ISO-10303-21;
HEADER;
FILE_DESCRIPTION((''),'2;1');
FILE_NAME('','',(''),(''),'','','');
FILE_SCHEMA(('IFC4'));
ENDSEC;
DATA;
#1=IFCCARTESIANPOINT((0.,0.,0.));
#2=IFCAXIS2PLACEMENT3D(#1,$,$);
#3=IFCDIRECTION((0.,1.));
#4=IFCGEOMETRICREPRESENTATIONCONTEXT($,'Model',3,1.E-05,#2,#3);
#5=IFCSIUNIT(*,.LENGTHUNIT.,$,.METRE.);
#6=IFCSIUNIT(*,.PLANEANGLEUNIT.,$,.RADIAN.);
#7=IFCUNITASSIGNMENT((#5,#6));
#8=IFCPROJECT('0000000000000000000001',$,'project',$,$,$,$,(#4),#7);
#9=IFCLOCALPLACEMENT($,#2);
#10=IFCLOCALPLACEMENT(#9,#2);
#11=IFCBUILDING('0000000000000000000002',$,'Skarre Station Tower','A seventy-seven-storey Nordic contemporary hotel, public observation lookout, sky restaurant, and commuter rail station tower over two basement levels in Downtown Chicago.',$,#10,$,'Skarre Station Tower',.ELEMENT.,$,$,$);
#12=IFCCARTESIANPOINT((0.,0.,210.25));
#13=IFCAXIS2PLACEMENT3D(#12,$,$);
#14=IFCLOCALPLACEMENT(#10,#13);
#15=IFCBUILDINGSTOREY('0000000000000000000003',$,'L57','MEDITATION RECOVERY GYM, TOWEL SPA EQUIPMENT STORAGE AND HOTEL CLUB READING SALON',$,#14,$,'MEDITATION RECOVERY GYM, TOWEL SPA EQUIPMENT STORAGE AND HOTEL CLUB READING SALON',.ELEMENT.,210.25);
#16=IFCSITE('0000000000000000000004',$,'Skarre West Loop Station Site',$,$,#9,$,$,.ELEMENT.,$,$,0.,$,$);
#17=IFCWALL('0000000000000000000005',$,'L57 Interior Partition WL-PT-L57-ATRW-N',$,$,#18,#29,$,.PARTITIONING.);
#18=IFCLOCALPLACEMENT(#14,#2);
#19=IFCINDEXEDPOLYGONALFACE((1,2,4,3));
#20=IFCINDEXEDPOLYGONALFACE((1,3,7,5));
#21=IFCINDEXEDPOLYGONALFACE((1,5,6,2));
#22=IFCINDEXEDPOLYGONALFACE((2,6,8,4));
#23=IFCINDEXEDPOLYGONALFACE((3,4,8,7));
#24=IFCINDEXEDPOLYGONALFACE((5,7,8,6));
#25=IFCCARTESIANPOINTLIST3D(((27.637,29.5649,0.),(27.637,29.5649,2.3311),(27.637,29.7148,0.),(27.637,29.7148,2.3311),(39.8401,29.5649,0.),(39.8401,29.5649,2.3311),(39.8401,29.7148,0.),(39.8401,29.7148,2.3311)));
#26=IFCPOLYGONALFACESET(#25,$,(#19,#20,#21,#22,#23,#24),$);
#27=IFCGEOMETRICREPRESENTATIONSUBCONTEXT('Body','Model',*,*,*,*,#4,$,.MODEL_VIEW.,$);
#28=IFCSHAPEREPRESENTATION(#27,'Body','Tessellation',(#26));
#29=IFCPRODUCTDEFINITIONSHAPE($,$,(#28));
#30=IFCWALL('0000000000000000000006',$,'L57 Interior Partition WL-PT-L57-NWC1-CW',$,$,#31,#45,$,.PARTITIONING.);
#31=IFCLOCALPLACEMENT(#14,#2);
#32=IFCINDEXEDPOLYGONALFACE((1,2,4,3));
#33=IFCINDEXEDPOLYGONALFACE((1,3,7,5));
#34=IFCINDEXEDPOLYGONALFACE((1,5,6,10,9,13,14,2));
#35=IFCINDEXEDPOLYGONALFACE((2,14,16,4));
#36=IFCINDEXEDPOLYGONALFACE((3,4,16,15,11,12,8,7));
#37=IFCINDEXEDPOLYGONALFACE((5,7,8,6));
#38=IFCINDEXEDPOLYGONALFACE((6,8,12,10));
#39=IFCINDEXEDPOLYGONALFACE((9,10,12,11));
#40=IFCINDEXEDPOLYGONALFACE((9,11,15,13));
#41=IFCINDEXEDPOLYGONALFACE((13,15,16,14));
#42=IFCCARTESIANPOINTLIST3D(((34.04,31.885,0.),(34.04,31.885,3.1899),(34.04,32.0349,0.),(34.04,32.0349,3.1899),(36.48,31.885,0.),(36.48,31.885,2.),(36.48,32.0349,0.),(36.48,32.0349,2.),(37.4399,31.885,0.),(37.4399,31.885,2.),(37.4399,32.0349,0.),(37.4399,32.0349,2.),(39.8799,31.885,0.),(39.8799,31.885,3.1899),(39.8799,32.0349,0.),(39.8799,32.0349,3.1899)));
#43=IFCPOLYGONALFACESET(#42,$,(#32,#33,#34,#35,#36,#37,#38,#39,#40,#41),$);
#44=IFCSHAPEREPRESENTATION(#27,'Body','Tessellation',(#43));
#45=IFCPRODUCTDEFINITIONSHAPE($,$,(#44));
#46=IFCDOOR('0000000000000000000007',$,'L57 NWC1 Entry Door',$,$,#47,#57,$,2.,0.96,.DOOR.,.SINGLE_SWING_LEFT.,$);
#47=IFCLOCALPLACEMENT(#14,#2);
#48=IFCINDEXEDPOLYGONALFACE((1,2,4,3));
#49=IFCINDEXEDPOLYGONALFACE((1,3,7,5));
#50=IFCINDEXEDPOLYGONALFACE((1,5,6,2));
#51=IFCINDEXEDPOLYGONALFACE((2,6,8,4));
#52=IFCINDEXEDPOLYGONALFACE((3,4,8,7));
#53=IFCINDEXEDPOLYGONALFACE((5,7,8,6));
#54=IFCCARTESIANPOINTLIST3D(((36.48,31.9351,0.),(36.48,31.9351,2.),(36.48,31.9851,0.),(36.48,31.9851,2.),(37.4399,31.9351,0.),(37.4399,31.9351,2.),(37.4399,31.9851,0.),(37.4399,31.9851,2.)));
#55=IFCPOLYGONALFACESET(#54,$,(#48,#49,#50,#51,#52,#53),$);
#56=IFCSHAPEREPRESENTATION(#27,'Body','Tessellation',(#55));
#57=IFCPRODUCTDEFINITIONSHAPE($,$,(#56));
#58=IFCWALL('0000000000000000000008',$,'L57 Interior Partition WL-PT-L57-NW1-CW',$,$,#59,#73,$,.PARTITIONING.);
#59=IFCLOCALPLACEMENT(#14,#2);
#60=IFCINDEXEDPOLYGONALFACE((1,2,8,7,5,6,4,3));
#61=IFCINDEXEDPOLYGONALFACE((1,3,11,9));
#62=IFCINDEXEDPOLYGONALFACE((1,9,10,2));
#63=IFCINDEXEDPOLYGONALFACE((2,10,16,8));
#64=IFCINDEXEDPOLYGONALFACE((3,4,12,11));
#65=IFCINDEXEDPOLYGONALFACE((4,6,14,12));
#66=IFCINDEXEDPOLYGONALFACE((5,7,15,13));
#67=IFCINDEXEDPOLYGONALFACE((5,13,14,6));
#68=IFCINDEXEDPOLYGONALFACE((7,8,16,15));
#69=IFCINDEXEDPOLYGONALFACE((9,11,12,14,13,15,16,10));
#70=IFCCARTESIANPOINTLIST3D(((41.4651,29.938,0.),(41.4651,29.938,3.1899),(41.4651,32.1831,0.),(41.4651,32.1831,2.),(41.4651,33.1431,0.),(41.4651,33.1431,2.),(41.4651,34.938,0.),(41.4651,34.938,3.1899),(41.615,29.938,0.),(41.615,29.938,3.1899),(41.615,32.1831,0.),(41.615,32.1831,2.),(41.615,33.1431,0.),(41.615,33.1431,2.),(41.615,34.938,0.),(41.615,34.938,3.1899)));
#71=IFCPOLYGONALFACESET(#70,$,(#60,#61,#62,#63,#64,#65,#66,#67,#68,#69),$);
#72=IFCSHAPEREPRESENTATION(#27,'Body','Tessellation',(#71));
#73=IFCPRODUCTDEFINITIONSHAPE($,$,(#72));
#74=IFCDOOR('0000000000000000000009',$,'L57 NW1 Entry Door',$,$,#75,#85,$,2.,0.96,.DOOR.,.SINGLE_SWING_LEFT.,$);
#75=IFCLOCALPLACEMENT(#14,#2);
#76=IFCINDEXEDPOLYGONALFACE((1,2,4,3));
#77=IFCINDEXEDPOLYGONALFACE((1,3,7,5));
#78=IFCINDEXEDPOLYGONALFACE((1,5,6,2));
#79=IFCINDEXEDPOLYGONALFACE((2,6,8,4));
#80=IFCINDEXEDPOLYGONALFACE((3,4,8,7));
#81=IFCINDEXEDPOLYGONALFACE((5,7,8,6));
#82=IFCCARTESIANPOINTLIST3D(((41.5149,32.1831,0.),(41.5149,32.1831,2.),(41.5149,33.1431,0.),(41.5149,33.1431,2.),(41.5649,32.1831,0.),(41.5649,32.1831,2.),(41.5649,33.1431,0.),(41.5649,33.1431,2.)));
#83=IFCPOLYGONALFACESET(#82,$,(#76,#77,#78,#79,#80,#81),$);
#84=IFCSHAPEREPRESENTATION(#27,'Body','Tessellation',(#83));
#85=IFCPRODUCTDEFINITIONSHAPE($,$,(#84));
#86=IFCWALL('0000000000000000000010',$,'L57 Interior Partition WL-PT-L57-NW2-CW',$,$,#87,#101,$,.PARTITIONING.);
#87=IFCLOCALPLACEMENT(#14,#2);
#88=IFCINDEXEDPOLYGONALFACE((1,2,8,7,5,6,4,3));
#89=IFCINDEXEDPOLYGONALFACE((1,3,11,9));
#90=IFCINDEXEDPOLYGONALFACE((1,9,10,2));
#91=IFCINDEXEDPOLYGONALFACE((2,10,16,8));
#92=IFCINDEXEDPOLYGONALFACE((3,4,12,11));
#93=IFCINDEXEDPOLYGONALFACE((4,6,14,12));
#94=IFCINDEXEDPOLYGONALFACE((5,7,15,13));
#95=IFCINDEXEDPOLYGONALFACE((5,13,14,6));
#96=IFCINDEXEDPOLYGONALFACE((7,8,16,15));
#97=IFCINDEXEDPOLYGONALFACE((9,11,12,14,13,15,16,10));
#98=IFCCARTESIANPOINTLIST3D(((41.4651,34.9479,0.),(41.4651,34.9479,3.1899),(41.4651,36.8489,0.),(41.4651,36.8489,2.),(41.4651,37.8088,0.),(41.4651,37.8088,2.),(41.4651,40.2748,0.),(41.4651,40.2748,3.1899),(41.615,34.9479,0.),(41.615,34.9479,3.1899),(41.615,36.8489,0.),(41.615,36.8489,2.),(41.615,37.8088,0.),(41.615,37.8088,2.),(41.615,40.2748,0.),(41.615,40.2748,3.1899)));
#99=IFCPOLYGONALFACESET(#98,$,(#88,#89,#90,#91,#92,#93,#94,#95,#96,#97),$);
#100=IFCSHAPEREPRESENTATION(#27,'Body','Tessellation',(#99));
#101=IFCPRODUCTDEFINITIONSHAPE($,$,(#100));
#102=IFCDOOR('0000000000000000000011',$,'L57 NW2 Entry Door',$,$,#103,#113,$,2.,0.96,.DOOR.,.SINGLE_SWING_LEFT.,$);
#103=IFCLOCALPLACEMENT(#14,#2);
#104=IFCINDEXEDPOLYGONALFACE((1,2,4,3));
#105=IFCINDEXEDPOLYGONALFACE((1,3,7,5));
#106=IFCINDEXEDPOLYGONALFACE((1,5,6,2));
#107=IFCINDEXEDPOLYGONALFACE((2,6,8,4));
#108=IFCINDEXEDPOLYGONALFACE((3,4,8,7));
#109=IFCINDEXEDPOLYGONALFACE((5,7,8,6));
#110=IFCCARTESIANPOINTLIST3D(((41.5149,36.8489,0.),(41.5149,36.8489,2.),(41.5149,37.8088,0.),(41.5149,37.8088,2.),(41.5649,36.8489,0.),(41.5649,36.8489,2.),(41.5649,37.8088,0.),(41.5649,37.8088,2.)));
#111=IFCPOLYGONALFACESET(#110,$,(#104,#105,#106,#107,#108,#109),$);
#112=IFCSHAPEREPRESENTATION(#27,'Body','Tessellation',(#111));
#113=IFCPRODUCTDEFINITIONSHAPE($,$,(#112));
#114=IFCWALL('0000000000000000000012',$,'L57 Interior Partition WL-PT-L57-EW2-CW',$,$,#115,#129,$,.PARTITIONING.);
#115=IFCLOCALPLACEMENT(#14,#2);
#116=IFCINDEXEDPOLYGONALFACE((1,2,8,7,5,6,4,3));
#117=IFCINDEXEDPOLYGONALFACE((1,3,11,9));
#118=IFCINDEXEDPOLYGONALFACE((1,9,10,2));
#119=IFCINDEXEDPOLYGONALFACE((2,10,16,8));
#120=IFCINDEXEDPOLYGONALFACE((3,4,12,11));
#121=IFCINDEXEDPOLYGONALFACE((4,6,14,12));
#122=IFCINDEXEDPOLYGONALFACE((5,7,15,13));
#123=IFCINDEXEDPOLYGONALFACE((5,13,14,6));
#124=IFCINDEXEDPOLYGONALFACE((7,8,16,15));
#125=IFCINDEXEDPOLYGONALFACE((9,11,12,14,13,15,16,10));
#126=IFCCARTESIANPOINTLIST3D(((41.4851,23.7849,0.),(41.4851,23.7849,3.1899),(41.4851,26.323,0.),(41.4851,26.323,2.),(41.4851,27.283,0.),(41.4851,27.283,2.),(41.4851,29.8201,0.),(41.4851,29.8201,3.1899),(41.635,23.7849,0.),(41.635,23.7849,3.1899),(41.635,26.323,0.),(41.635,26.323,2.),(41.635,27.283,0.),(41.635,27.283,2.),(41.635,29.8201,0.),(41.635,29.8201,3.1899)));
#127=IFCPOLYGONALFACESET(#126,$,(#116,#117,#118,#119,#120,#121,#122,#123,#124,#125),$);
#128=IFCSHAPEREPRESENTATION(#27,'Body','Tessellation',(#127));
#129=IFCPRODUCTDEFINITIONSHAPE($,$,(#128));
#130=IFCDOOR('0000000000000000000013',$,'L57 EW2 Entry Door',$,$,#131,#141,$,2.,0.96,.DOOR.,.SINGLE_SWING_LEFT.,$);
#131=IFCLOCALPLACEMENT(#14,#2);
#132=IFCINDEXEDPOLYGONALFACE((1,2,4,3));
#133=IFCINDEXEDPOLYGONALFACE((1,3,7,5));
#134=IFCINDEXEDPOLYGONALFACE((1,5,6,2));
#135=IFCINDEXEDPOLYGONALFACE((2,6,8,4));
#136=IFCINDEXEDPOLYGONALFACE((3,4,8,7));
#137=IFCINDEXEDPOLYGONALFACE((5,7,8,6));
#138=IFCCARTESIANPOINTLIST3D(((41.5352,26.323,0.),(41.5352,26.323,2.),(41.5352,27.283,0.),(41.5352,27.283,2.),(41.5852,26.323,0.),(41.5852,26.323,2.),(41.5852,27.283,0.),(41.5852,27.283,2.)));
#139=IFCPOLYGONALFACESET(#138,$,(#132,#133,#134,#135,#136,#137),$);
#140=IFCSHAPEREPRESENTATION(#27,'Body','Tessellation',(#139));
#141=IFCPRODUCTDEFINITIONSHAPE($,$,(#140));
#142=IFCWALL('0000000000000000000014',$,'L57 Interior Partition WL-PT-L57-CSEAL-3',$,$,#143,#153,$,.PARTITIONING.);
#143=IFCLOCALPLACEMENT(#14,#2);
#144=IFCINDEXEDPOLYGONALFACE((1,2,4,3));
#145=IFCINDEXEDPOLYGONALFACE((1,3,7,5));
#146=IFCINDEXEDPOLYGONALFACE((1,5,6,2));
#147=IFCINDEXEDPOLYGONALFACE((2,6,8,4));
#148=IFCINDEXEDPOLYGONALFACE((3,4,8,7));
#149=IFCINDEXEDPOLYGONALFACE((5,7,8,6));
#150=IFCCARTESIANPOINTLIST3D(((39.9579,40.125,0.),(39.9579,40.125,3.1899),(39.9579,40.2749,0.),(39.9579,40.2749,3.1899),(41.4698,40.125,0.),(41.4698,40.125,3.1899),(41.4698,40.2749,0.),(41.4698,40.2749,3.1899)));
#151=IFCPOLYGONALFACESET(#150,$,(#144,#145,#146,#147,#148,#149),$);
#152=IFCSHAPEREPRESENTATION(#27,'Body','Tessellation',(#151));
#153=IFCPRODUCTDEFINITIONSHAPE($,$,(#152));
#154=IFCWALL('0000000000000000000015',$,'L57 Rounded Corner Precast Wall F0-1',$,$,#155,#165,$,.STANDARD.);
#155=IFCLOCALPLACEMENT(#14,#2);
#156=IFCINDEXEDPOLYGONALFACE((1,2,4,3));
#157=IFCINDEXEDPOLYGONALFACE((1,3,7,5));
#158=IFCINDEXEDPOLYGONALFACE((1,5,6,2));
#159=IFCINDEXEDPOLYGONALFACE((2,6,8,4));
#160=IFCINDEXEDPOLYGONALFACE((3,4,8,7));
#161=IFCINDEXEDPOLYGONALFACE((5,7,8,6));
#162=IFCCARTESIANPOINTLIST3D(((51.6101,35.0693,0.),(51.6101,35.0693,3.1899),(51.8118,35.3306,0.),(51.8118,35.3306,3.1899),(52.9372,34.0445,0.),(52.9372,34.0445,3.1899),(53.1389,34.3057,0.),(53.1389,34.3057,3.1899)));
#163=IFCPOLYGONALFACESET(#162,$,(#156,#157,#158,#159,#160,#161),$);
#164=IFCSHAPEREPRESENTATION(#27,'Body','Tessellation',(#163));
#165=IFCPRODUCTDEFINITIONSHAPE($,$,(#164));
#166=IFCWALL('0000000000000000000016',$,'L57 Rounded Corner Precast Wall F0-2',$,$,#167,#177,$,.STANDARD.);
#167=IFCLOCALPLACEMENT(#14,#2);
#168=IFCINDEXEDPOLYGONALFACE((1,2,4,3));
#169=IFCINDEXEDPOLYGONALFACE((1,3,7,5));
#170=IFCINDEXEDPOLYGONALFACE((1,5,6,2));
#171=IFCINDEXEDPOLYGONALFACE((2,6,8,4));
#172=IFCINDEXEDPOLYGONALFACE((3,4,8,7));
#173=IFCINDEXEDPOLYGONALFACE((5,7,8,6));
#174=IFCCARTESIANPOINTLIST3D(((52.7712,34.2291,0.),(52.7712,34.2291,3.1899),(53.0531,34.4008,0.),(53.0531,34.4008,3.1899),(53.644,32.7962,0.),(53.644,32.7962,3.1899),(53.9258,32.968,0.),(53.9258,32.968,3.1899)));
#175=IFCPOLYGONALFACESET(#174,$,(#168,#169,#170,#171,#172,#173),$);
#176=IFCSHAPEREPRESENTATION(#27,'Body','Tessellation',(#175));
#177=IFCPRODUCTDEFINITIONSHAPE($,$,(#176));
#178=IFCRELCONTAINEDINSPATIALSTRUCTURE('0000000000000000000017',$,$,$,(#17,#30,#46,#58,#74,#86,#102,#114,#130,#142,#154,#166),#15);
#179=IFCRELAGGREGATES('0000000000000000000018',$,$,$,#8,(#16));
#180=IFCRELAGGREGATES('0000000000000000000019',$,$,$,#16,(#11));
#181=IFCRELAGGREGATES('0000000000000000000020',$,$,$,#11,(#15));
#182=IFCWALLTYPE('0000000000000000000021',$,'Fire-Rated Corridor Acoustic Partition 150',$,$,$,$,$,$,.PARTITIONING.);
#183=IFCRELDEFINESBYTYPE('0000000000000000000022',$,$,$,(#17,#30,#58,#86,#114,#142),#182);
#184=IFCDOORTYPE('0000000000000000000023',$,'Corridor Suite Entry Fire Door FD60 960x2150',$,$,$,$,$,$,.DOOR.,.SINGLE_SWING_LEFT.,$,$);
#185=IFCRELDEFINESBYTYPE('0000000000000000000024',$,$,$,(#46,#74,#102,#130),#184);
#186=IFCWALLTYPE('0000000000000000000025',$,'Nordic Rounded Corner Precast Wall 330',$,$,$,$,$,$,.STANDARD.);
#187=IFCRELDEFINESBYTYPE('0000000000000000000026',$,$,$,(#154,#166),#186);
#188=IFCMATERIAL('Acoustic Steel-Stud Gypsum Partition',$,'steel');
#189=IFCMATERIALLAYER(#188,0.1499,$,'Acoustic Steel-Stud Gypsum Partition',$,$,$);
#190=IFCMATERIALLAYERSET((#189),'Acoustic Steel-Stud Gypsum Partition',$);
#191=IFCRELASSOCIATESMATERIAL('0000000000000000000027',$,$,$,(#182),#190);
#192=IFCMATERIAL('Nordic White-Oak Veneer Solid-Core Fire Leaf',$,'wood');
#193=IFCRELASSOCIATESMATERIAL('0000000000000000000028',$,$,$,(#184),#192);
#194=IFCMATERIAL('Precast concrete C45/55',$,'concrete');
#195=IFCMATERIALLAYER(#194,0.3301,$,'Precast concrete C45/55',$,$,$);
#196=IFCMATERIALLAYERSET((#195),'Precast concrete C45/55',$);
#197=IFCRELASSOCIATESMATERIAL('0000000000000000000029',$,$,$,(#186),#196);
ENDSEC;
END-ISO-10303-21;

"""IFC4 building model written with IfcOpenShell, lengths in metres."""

from ifc_helpers import new_model, si_unit, direction, frame, frame_2d, origin, place, context, subcontext, project, spatial, rectangle, extrude, material, layer, layer_set, type_object, element, fill, save


model = new_model("IFC4")

# Units and contexts
model_context = context("Model", 3, precision=1e-05, world=origin(), true_north=direction((0.0, 1.0)))
body_context = subcontext(model_context, "Body", "Model", "MODEL_VIEW")
ifc_project = project(units=[si_unit("LENGTHUNIT", "METRE"), si_unit("PLANEANGLEUNIT", "RADIAN")], contexts=[model_context])

# Site, building, storey
site_placement = place(None, origin())
site = spatial("IfcSite", under=ifc_project, at=site_placement, Name="Skarre West Loop Station Site", CompositionType="ELEMENT", RefElevation=0.0)
building_placement = place(site_placement, origin())
building = spatial("IfcBuilding", under=site, at=building_placement, Name="Skarre Station Tower", Description="A seventy-seven-storey Nordic contemporary hotel, public observation lookout, sky restaurant, and commuter rail station tower over two basement levels in Downtown Chicago.", LongName="Skarre Station Tower", CompositionType="ELEMENT")
storey_placement = place(building_placement, frame((0.0, 0.0, 210.25)))
storey = spatial("IfcBuildingStorey", under=building, at=storey_placement, Name="L57", Description="MEDITATION RECOVERY GYM, TOWEL SPA EQUIPMENT STORAGE AND HOTEL CLUB READING SALON", LongName="MEDITATION RECOVERY GYM, TOWEL SPA EQUIPMENT STORAGE AND HOTEL CLUB READING SALON", CompositionType="ELEMENT", Elevation=210.25)

# Wall
ifc_material_1 = material(Name="Acoustic Steel-Stud Gypsum Partition", Category="steel")
ifc_layer_1 = layer(ifc_material_1, 0.1499, Name="Acoustic Steel-Stud Gypsum Partition")
ifc_layer_set_1 = layer_set([ifc_layer_1], Name="Acoustic Steel-Stud Gypsum Partition")
wall_type_1 = type_object("IfcWallType", Name="Fire-Rated Corridor Acoustic Partition 150", PredefinedType="PARTITIONING", material=ifc_layer_set_1)
wall_1_placement = place(storey_placement, frame((39.8401, 29.6399, 0.0), z_axis=(0.0, 0.0, 1.0), x_axis=(-1.0, 0.0, 0.0)))
element("IfcWall", 1, at=wall_1_placement, inside=storey, type_object=wall_type_1, Name="L57 Interior Partition WL-PT-L57-ATRW-N", PredefinedType="PARTITIONING", context=body_context, shape_type="SweptSolid", body=[
    extrude(rectangle(XDim=12.2031, YDim=0.1499, at=frame_2d((6.1016, 0.0))), origin(), (0.0, 0.0, 1.0), 2.3311),
])

# Walls, openings, doors
wall_2_placement = place(storey_placement, frame((39.8799, 31.96, 0.0), z_axis=(0.0, 0.0, 1.0), x_axis=(-1.0, 0.0, 0.0)))
wall_2 = element("IfcWall", 2, at=wall_2_placement, inside=storey, type_object=wall_type_1, Name="L57 Interior Partition WL-PT-L57-NWC1-CW", PredefinedType="PARTITIONING", context=body_context, shape_type="SweptSolid", body=[
    extrude(rectangle(XDim=5.8398, YDim=0.1499, at=frame_2d((2.9199, 0.0))), origin(), (0.0, 0.0, 1.0), 3.1899),
])
opening_1_placement = place(wall_2_placement, frame((2.4399, 0.0, 0.0)))
opening_1 = element("IfcOpeningElement", 3, at=opening_1_placement, cuts=wall_2, PredefinedType="OPENING", context=body_context, shape_type="SweptSolid", body=[
    extrude(rectangle(XDim=0.96, YDim=2.0, at=frame_2d((0.48, 1.0))), frame((0.0, 0.085, 0.0), z_axis=(0.0, -1.0, 0.0), x_axis=(1.0, 0.0, 0.0)), (0.0, 0.0, 1.0), 0.1699),
])
ifc_material_2 = material(Name="Nordic White-Oak Veneer Solid-Core Fire Leaf", Category="wood")
door_type = type_object("IfcDoorType", Name="Corridor Suite Entry Fire Door FD60 960x2150", OperationType="SINGLE_SWING_LEFT", PredefinedType="DOOR", material=ifc_material_2)
door_1_placement = place(opening_1_placement, origin())
door_1 = element("IfcDoor", 4, at=door_1_placement, inside=storey, type_object=door_type, Name="L57 NWC1 Entry Door", OperationType="SINGLE_SWING_LEFT", OverallHeight=2.0, OverallWidth=0.96, PredefinedType="DOOR", context=body_context, shape_type="SweptSolid", body=[
    extrude(rectangle(XDim=0.96, YDim=2.0, at=frame_2d((0.48, 1.0))), frame((0.0, 0.0249, 0.0), z_axis=(0.0, -1.0, 0.0), x_axis=(1.0, 0.0, 0.0)), (0.0, 0.0, 1.0), 0.05),
])
fill(opening_1, door_1)
wall_3_placement = place(storey_placement, frame((41.54, 34.938, 0.0), z_axis=(0.0, 0.0, 1.0), x_axis=(0.0, -1.0, 0.0)))
wall_3 = element("IfcWall", 5, at=wall_3_placement, inside=storey, type_object=wall_type_1, Name="L57 Interior Partition WL-PT-L57-NW1-CW", PredefinedType="PARTITIONING", context=body_context, shape_type="SweptSolid", body=[
    extrude(rectangle(XDim=5.0, YDim=0.1499, at=frame_2d((2.5, 0.0))), origin(), (0.0, 0.0, 1.0), 3.1899),
])
opening_2_placement = place(wall_3_placement, frame((1.7949, 0.0, 0.0)))
opening_2 = element("IfcOpeningElement", 6, at=opening_2_placement, cuts=wall_3, PredefinedType="OPENING", context=body_context, shape_type="SweptSolid", body=[
    extrude(rectangle(XDim=0.96, YDim=2.0, at=frame_2d((0.48, 1.0))), frame((0.0, 0.085, 0.0), z_axis=(0.0, -1.0, 0.0), x_axis=(1.0, 0.0, 0.0)), (0.0, 0.0, 1.0), 0.1699),
])
door_2_placement = place(opening_2_placement, origin())
door_2 = element("IfcDoor", 7, at=door_2_placement, inside=storey, type_object=door_type, Name="L57 NW1 Entry Door", OperationType="SINGLE_SWING_LEFT", OverallHeight=2.0, OverallWidth=0.96, PredefinedType="DOOR", context=body_context, shape_type="SweptSolid", body=[
    extrude(rectangle(XDim=0.96, YDim=2.0, at=frame_2d((0.48, 1.0))), frame((0.0, 0.0249, 0.0), z_axis=(0.0, -1.0, 0.0), x_axis=(1.0, 0.0, 0.0)), (0.0, 0.0, 1.0), 0.05),
])
fill(opening_2, door_2)
wall_4_placement = place(storey_placement, frame((41.54, 40.2749, 0.0), z_axis=(0.0, 0.0, 1.0), x_axis=(0.0, -1.0, 0.0)))
wall_4 = element("IfcWall", 8, at=wall_4_placement, inside=storey, type_object=wall_type_1, Name="L57 Interior Partition WL-PT-L57-NW2-CW", PredefinedType="PARTITIONING", context=body_context, shape_type="SweptSolid", body=[
    extrude(rectangle(XDim=5.3269, YDim=0.1499, at=frame_2d((2.6636, 0.0))), origin(), (0.0, 0.0, 1.0), 3.1899),
])
opening_3_placement = place(wall_4_placement, frame((2.4661, 0.0, 0.0)))
opening_3 = element("IfcOpeningElement", 9, at=opening_3_placement, cuts=wall_4, PredefinedType="OPENING", context=body_context, shape_type="SweptSolid", body=[
    extrude(rectangle(XDim=0.96, YDim=2.0, at=frame_2d((0.48, 1.0))), frame((0.0, 0.085, 0.0), z_axis=(0.0, -1.0, 0.0), x_axis=(1.0, 0.0, 0.0)), (0.0, 0.0, 1.0), 0.1699),
])
door_3_placement = place(opening_3_placement, origin())
door_3 = element("IfcDoor", 10, at=door_3_placement, inside=storey, type_object=door_type, Name="L57 NW2 Entry Door", OperationType="SINGLE_SWING_LEFT", OverallHeight=2.0, OverallWidth=0.96, PredefinedType="DOOR", context=body_context, shape_type="SweptSolid", body=[
    extrude(rectangle(XDim=0.96, YDim=2.0, at=frame_2d((0.48, 1.0))), frame((0.0, 0.0249, 0.0), z_axis=(0.0, -1.0, 0.0), x_axis=(1.0, 0.0, 0.0)), (0.0, 0.0, 1.0), 0.05),
])
fill(opening_3, door_3)
wall_5_placement = place(storey_placement, frame((41.5601, 23.7849, 0.0), z_axis=(0.0, 0.0, 1.0), x_axis=(0.0, 1.0, 0.0)))
wall_5 = element("IfcWall", 11, at=wall_5_placement, inside=storey, type_object=wall_type_1, Name="L57 Interior Partition WL-PT-L57-EW2-CW", PredefinedType="PARTITIONING", context=body_context, shape_type="SweptSolid", body=[
    extrude(rectangle(XDim=6.0352, YDim=0.1499, at=frame_2d((3.0176, 0.0))), origin(), (0.0, 0.0, 1.0), 3.1899),
])
opening_4_placement = place(wall_5_placement, frame((2.5381, 0.0, 0.0)))
opening_4 = element("IfcOpeningElement", 12, at=opening_4_placement, cuts=wall_5, PredefinedType="OPENING", context=body_context, shape_type="SweptSolid", body=[
    extrude(rectangle(XDim=0.96, YDim=2.0, at=frame_2d((0.48, 1.0))), frame((0.0, 0.085, 0.0), z_axis=(0.0, -1.0, 0.0), x_axis=(1.0, 0.0, 0.0)), (0.0, 0.0, 1.0), 0.1699),
])
door_4_placement = place(opening_4_placement, origin())
door_4 = element("IfcDoor", 13, at=door_4_placement, inside=storey, type_object=door_type, Name="L57 EW2 Entry Door", OperationType="SINGLE_SWING_LEFT", OverallHeight=2.0, OverallWidth=0.96, PredefinedType="DOOR", context=body_context, shape_type="SweptSolid", body=[
    extrude(rectangle(XDim=0.96, YDim=2.0, at=frame_2d((0.48, 1.0))), frame((0.0, 0.0249, 0.0), z_axis=(0.0, -1.0, 0.0), x_axis=(1.0, 0.0, 0.0)), (0.0, 0.0, 1.0), 0.05),
])
fill(opening_4, door_4)

# Walls
wall_6_placement = place(storey_placement, frame((39.958, 40.2, 0.0), z_axis=(0.0, 0.0, 1.0), x_axis=(1.0, 0.0, 0.0)))
element("IfcWall", 14, at=wall_6_placement, inside=storey, type_object=wall_type_1, Name="L57 Interior Partition WL-PT-L57-CSEAL-3", PredefinedType="PARTITIONING", context=body_context, shape_type="SweptSolid", body=[
    extrude(rectangle(XDim=1.512, YDim=0.1499, at=frame_2d((0.7559, 0.0))), origin(), (0.0, 0.0, 1.0), 3.1899),
])
ifc_material_3 = material(Name="Precast concrete C45/55", Category="concrete")
ifc_layer_2 = layer(ifc_material_3, 0.3301, Name="Precast concrete C45/55")
ifc_layer_set_2 = layer_set([ifc_layer_2], Name="Precast concrete C45/55")
wall_type_2 = type_object("IfcWallType", Name="Nordic Rounded Corner Precast Wall 330", PredefinedType="STANDARD", material=ifc_layer_set_2)
wall_7_placement = place(storey_placement, frame((51.7109, 35.2, 0.0), z_axis=(0.0, 0.0, 1.0), x_axis=(0.791464, -0.611215, 0.0)))
element("IfcWall", 15, at=wall_7_placement, inside=storey, type_object=wall_type_2, Name="L57 Rounded Corner Precast Wall F0-1", PredefinedType="STANDARD", context=body_context, shape_type="SweptSolid", body=[
    extrude(rectangle(XDim=1.6768, YDim=0.3301, at=frame_2d((0.8384, 0.0))), origin(), (0.0, 0.0, 1.0), 3.1899),
])
wall_8_placement = place(storey_placement, frame((52.9121, 34.3149, 0.0), z_axis=(0.0, 0.0, 1.0), x_axis=(0.520219, -0.854033, 0.0)))
element("IfcWall", 16, at=wall_8_placement, inside=storey, type_object=wall_type_2, Name="L57 Rounded Corner Precast Wall F0-2", PredefinedType="STANDARD", context=body_context, shape_type="SweptSolid", body=[
    extrude(rectangle(XDim=1.6777, YDim=0.3301, at=frame_2d((0.8389, 0.0))), origin(), (0.0, 0.0, 1.0), 3.1899),
])

save(model, "model.ifc")
